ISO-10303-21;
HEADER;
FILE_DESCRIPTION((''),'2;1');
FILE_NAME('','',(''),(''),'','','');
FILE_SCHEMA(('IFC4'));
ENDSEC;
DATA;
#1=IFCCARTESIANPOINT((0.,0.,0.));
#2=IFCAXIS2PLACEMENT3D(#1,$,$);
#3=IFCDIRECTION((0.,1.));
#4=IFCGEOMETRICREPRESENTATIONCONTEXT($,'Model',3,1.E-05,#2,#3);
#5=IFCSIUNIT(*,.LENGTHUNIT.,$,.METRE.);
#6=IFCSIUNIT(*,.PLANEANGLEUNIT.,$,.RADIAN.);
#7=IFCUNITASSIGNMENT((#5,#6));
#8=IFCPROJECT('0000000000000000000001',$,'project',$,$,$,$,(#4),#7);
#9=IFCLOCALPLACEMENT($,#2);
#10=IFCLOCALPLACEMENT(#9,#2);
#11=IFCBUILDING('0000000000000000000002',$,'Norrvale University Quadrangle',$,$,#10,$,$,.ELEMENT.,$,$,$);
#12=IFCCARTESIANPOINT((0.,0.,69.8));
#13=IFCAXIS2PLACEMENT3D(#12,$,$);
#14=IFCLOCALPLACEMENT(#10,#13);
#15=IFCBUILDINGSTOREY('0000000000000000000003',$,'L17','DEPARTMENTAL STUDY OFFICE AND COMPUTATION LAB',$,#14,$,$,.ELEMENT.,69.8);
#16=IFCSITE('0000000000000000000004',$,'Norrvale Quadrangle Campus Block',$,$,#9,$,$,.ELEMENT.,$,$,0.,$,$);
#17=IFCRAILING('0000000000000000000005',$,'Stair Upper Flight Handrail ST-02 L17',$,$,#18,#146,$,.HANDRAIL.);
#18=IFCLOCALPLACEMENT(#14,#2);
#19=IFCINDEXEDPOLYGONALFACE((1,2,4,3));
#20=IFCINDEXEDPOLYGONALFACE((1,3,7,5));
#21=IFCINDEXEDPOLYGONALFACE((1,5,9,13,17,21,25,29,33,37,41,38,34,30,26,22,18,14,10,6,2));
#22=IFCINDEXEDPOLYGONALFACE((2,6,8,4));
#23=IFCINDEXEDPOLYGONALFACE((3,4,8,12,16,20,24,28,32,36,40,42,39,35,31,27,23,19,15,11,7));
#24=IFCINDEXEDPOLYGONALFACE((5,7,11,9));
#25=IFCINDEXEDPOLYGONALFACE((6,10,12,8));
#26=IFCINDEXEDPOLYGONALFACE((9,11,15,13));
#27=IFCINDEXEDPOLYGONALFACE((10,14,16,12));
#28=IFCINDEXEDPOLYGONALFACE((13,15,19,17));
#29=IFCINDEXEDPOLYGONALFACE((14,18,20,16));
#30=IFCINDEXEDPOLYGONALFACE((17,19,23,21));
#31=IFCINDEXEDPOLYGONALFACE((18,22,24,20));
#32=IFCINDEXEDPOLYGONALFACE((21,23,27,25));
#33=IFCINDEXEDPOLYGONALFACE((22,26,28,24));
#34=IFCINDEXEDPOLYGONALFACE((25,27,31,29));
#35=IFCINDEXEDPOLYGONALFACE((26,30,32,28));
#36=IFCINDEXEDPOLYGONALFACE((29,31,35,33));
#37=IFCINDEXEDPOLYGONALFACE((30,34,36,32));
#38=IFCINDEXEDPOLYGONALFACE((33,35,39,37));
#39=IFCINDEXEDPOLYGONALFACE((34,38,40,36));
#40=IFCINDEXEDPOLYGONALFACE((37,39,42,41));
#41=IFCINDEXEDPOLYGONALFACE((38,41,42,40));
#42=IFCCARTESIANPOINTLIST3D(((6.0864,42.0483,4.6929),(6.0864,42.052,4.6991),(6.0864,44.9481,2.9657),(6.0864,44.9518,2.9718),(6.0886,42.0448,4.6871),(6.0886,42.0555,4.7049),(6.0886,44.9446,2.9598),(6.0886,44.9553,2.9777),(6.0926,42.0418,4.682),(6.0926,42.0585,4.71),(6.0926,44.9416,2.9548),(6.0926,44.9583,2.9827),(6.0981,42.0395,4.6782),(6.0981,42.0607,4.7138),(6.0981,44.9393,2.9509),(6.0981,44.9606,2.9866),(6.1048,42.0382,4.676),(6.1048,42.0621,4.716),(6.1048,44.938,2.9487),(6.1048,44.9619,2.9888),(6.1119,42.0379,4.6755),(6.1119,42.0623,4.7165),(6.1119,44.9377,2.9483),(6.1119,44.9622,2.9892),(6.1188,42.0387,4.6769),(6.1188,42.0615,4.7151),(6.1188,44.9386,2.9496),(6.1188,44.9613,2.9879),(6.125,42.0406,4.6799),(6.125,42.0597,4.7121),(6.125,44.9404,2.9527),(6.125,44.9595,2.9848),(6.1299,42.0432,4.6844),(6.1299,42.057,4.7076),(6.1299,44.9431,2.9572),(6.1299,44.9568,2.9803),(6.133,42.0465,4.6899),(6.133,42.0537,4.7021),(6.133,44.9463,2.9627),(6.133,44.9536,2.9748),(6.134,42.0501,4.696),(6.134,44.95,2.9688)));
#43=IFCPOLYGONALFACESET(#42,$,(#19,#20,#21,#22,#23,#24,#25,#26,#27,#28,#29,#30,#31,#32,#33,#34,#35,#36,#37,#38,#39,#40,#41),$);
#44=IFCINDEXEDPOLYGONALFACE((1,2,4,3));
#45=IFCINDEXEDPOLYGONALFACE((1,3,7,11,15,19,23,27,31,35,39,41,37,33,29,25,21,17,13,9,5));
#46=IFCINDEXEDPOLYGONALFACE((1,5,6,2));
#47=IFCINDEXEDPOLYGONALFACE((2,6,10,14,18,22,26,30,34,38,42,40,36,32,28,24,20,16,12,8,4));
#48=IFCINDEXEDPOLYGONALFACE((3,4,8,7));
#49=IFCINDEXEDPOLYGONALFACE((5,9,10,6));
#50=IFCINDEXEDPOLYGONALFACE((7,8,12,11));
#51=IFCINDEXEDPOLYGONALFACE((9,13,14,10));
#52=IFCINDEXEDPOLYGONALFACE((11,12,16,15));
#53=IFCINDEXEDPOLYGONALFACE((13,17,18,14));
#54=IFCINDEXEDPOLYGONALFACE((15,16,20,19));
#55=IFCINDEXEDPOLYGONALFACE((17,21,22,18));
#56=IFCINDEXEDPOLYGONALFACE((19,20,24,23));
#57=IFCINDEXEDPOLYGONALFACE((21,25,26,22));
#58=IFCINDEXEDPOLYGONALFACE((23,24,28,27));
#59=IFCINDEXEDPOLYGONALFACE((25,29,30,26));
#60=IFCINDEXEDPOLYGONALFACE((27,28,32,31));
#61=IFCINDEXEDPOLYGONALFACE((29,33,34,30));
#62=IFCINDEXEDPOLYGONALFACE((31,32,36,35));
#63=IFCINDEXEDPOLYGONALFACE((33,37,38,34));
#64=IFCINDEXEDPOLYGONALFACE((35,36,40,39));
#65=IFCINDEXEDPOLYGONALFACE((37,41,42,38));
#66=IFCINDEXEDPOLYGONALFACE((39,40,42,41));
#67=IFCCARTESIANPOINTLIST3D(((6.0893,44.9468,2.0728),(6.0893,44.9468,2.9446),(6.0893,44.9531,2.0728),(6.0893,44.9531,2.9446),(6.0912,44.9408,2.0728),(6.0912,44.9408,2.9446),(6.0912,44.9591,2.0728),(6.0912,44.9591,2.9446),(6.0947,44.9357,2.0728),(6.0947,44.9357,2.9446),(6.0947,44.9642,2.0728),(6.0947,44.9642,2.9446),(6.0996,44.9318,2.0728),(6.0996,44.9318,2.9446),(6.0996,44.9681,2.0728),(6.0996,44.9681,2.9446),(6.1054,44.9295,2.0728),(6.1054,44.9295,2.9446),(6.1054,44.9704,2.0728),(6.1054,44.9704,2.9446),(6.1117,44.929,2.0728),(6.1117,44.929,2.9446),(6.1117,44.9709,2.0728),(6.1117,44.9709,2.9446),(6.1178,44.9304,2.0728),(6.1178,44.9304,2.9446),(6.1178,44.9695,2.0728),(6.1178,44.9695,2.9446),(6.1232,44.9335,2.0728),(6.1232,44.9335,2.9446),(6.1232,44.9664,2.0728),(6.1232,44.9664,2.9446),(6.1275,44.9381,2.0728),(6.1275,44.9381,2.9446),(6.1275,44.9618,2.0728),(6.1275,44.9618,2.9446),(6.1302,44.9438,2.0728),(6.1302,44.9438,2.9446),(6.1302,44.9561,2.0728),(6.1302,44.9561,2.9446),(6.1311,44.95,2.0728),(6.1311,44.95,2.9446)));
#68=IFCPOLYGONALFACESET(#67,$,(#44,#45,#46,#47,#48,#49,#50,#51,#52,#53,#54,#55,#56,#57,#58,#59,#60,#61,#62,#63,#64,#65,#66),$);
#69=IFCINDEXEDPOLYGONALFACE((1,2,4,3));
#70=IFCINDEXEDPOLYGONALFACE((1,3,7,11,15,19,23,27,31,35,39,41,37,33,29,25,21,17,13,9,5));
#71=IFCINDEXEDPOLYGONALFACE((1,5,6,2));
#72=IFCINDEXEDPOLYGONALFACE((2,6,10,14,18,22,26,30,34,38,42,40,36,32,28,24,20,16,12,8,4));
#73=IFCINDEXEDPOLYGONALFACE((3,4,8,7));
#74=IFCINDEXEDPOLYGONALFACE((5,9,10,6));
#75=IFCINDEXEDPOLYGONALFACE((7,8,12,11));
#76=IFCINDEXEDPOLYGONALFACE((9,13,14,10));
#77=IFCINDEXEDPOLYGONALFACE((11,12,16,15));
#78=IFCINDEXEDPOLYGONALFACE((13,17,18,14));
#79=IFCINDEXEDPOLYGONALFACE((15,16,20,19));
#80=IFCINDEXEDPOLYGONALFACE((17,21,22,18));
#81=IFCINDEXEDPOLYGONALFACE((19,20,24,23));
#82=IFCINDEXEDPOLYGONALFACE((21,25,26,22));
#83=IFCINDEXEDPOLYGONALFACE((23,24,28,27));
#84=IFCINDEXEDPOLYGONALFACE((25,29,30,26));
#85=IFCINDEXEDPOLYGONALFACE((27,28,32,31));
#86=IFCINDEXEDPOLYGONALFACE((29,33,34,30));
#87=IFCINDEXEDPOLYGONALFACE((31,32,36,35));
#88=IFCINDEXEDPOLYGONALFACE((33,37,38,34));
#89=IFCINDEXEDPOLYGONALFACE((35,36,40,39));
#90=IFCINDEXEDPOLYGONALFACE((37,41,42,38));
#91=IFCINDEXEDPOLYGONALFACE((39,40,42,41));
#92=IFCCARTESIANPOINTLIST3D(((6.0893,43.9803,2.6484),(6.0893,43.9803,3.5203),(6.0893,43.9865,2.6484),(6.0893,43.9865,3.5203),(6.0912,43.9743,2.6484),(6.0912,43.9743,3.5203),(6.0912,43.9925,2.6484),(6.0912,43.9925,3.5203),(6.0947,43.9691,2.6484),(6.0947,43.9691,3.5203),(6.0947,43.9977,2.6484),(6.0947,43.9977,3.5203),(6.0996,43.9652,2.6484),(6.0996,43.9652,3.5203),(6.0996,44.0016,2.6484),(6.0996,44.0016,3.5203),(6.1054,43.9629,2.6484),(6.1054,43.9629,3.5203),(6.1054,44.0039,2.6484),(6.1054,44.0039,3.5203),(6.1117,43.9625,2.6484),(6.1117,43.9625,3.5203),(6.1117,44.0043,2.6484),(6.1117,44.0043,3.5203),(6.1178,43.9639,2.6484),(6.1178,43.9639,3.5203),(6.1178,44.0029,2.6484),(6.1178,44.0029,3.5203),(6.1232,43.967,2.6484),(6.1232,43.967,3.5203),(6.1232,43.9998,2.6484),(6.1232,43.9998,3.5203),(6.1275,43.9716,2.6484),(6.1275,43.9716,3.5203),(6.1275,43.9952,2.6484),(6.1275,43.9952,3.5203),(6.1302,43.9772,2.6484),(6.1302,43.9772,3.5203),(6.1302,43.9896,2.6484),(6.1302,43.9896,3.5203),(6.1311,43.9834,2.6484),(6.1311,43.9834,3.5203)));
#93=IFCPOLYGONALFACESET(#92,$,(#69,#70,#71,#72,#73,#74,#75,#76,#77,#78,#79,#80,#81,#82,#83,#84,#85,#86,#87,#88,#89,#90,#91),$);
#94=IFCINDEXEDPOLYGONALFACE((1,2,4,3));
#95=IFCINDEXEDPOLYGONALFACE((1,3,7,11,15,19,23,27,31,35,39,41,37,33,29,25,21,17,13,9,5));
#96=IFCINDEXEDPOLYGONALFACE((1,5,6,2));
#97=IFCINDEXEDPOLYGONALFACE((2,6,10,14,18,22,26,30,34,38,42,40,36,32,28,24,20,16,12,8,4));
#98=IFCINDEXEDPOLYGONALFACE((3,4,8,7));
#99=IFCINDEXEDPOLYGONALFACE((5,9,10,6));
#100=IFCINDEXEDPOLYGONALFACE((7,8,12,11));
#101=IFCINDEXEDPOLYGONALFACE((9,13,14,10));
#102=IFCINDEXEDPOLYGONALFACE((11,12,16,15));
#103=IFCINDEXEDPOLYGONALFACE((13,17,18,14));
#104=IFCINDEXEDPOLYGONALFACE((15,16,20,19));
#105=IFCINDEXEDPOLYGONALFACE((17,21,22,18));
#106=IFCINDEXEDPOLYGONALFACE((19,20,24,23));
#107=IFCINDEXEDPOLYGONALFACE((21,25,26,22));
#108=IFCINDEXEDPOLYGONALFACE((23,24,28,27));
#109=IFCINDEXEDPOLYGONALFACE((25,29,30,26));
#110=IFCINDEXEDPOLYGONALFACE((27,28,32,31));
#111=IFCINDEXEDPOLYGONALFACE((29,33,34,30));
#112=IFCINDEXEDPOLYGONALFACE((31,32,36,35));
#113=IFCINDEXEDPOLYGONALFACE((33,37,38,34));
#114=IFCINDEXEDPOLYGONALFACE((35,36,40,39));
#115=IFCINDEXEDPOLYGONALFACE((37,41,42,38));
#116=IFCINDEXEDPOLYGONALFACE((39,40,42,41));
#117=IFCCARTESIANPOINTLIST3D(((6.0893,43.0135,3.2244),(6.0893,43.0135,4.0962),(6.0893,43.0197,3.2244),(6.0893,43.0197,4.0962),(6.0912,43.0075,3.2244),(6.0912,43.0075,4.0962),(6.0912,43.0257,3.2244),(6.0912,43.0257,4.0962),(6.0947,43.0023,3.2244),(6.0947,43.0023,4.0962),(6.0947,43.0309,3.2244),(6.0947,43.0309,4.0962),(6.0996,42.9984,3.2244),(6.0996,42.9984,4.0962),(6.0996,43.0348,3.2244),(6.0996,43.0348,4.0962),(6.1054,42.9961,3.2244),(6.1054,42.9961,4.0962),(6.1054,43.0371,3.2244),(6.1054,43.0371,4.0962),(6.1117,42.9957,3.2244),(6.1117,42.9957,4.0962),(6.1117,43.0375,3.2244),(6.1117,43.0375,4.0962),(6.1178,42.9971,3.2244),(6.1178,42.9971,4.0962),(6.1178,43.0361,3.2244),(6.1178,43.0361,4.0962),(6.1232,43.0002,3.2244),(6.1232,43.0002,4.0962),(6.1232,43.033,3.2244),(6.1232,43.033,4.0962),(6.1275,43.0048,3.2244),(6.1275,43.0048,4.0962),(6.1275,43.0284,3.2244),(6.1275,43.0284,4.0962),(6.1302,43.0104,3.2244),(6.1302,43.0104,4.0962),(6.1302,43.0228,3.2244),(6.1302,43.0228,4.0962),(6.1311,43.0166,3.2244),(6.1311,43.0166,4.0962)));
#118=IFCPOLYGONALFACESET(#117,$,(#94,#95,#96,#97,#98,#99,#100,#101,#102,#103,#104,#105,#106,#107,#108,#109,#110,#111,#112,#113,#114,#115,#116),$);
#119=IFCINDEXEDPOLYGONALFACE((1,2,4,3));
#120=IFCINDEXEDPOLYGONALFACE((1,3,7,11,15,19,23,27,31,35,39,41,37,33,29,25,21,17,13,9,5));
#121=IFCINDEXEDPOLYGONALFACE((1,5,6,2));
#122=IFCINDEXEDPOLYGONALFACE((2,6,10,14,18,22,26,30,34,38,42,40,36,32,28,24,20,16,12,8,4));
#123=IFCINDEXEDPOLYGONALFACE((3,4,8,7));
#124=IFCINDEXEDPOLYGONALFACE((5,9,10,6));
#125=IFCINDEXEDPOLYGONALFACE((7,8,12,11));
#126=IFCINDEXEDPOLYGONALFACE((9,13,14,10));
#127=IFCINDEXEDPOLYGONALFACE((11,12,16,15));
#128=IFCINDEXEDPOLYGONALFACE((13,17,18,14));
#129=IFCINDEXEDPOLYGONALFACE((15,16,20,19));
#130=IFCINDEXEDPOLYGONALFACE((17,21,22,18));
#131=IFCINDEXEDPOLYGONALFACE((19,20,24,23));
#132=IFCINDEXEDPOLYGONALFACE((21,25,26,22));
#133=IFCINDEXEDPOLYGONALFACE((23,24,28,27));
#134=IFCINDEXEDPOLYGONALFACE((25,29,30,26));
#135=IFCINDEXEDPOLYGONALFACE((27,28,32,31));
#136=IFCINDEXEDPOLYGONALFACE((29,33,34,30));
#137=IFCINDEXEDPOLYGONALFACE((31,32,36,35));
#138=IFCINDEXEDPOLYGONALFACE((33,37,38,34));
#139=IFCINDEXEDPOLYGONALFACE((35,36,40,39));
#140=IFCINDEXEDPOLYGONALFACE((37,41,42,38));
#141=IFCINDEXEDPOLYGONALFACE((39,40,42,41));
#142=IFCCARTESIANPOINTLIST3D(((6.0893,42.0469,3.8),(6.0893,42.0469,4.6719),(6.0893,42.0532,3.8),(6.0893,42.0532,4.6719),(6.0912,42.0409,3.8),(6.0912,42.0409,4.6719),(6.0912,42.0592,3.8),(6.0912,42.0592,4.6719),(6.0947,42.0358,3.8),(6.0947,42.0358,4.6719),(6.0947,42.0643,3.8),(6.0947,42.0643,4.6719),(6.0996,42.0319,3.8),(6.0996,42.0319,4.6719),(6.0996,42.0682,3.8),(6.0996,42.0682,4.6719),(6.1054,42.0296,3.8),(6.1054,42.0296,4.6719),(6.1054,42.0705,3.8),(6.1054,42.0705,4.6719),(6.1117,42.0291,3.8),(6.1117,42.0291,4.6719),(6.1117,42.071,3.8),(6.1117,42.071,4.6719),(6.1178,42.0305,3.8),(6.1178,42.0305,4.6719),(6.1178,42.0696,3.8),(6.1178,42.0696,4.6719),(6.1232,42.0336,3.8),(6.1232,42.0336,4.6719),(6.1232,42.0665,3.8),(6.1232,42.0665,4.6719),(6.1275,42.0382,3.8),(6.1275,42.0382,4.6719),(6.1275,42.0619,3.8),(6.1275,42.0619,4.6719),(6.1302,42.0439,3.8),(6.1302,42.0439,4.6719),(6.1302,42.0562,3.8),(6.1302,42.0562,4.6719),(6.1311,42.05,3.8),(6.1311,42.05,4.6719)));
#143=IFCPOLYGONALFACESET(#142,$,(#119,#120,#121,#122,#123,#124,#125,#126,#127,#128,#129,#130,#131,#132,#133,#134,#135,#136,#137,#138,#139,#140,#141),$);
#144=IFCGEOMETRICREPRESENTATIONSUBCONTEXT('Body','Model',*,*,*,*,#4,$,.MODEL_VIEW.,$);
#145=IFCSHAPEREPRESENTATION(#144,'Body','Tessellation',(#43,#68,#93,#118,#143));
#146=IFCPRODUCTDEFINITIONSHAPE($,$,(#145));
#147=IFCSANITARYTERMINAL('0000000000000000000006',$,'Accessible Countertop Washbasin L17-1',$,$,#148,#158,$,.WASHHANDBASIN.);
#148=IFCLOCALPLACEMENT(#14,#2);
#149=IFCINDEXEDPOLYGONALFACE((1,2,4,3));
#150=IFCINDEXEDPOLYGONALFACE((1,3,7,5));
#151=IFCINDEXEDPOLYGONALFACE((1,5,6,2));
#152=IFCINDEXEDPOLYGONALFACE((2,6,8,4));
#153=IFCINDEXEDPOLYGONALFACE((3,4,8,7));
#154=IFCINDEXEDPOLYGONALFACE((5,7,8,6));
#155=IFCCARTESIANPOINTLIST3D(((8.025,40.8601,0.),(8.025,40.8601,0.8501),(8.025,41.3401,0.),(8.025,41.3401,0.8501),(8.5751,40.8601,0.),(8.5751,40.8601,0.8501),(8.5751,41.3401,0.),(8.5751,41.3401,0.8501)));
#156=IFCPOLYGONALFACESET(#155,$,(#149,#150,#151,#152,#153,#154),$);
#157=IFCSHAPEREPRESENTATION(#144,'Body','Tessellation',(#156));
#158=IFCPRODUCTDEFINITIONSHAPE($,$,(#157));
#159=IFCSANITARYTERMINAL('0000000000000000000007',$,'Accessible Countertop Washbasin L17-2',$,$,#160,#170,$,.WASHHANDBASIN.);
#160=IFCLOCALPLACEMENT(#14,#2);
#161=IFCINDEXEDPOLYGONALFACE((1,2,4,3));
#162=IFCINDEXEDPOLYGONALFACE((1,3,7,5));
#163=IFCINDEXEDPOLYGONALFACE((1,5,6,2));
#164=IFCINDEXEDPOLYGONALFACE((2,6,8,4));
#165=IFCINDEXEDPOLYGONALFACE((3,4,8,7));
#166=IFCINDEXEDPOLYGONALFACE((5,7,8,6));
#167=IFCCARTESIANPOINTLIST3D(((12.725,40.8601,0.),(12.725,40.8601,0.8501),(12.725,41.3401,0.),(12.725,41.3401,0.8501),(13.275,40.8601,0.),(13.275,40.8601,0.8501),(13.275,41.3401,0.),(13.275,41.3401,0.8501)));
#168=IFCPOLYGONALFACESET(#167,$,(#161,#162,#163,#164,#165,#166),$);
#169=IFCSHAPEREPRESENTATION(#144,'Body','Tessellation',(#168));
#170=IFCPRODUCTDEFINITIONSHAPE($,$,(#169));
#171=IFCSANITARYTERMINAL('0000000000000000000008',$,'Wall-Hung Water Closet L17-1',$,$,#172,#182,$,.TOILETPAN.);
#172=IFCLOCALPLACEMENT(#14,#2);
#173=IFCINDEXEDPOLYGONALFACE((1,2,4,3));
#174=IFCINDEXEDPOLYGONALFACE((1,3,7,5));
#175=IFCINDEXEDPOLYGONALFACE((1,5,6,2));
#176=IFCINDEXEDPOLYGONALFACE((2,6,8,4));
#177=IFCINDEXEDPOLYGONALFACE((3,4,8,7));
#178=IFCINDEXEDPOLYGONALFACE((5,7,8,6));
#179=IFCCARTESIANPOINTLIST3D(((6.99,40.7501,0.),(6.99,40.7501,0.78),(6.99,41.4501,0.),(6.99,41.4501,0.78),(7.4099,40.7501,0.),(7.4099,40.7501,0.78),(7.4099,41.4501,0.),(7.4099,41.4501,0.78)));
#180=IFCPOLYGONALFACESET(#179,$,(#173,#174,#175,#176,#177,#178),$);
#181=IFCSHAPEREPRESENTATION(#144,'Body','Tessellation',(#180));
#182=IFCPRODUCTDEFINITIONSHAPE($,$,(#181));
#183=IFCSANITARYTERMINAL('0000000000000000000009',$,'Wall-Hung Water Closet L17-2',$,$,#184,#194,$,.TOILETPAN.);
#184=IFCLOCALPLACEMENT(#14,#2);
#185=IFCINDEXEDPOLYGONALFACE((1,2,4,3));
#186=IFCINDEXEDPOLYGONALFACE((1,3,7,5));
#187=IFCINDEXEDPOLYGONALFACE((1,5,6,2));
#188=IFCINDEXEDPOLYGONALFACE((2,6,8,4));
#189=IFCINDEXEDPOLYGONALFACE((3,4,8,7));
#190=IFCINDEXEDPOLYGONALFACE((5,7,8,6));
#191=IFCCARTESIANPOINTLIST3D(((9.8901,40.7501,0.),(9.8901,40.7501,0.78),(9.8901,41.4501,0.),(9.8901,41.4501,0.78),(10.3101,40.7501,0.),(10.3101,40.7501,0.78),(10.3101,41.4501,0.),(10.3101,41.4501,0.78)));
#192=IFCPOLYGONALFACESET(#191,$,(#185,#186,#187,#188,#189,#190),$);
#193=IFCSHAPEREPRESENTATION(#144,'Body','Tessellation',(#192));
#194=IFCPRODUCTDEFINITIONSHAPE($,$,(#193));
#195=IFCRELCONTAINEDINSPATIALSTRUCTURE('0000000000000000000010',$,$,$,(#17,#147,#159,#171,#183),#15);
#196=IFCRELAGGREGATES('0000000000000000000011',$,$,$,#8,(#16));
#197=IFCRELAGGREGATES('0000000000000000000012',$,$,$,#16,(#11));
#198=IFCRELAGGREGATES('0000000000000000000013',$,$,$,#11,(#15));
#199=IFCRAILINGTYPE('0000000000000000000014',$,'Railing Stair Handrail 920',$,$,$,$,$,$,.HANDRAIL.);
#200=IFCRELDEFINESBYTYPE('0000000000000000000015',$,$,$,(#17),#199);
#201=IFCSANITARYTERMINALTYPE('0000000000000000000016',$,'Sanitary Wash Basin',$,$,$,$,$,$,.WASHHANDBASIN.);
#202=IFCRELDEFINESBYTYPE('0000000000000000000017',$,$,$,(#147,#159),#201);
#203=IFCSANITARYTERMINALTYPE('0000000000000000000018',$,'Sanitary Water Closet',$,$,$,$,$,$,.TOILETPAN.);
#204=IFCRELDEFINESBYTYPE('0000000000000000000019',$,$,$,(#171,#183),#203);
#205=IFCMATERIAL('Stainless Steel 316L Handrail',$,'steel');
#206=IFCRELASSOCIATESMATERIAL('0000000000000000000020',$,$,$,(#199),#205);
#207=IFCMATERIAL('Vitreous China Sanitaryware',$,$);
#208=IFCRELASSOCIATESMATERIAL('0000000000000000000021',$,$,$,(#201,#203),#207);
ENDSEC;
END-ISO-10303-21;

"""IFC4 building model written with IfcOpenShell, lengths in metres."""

from ifc_helpers import new_model, si_unit, direction, frame, origin, origin_2d, place, context, subcontext, project, spatial, rectangle, circle, extrude, material, type_object, element, save


model = new_model("IFC4")

# Units and contexts
model_context = context("Model", 3, precision=1e-05, world=origin(), true_north=direction((0.0, 1.0)))
body_context = subcontext(model_context, "Body", "Model", "MODEL_VIEW")
ifc_project = project(units=[si_unit("LENGTHUNIT", "METRE"), si_unit("PLANEANGLEUNIT", "RADIAN")], contexts=[model_context])

# Site, building, storey
site_placement = place(None, origin())
site = spatial("IfcSite", under=ifc_project, at=site_placement, Name="Norrvale Quadrangle Campus Block", CompositionType="ELEMENT", RefElevation=0.0)
building_placement = place(site_placement, origin())
building = spatial("IfcBuilding", under=site, at=building_placement, Name="Norrvale University Quadrangle", CompositionType="ELEMENT")
storey_placement = place(building_placement, frame((0.0, 0.0, 69.8)))
storey = spatial("IfcBuildingStorey", under=building, at=storey_placement, Name="L17", Description="DEPARTMENTAL STUDY OFFICE AND COMPUTATION LAB", CompositionType="ELEMENT", Elevation=69.8)

# Railing
ifc_material_1 = material(Name="Stainless Steel 316L Handrail", Category="steel")
railing_type_1 = type_object("IfcRailingType", Name="Railing Stair Handrail 920", PredefinedType="HANDRAIL", material=ifc_material_1)
railing_1_placement = place(storey_placement, frame((6.1101, 44.95, 2.0728)))
element("IfcRailing", 1, at=railing_1_placement, inside=storey, type_object=railing_type_1, Name="Stair Upper Flight Handrail ST-02 L17", PredefinedType="HANDRAIL", context=body_context, shape_type="SweptSolid", body=[
    extrude(circle(Radius=0.0239, at=origin_2d()), frame((0.0, 0.0, 0.896), z_axis=(0.0, -0.859141, 0.511738), x_axis=(1.0, 0.0, 0.0)), (0.0, 0.0, 1.0), 3.3752),
    extrude(circle(Radius=0.021, at=origin_2d()), origin(), (0.0, 0.0, 1.0), 0.8718),
    extrude(circle(Radius=0.021, at=origin_2d()), frame((0.0, -0.9666, 0.5757)), (0.0, 0.0, 1.0), 0.8718),
    extrude(circle(Radius=0.021, at=origin_2d()), frame((0.0, -1.9333, 1.1516)), (0.0, 0.0, 1.0), 0.8718),
    extrude(circle(Radius=0.021, at=origin_2d()), frame((0.0, -2.8999, 1.7273)), (0.0, 0.0, 1.0), 0.8718),
])

# Sanitary terminals
ifc_material_2 = material(Name="Vitreous China Sanitaryware")
sanitary_terminal_type_1 = type_object("IfcSanitaryTerminalType", Name="Sanitary Wash Basin", PredefinedType="WASHHANDBASIN", material=ifc_material_2)
for number, where, z_axis, x_axis, name in (
    (2, (8.3, 41.1001, 0.0), (0.0, 0.0, 1.0), (1.0, 0.0, 0.0), "Accessible Countertop Washbasin L17-1"),
    (3, (13.0, 41.1001, 0.0), (0.0, 0.0, 1.0), (1.0, 0.0, 0.0), "Accessible Countertop Washbasin L17-2"),
):
    element("IfcSanitaryTerminal", number, at=place(storey_placement, frame(where, z_axis=z_axis, x_axis=x_axis)), inside=storey, type_object=sanitary_terminal_type_1, Name=name, PredefinedType="WASHHANDBASIN", context=body_context, shape_type="SweptSolid", body=[
        extrude(rectangle(XDim=0.55, YDim=0.48, at=origin_2d()), origin(), (0.0, 0.0, 1.0), 0.8501),
    ])
sanitary_terminal_type_2 = type_object("IfcSanitaryTerminalType", Name="Sanitary Water Closet", PredefinedType="TOILETPAN", material=ifc_material_2)
for number, where, z_axis, x_axis, name in (
    (4, (7.2, 41.1001, 0.0), (0.0, 0.0, 1.0), (1.0, 0.0, 0.0), "Wall-Hung Water Closet L17-1"),
    (5, (10.1001, 41.1001, 0.0), (0.0, 0.0, 1.0), (1.0, 0.0, 0.0), "Wall-Hung Water Closet L17-2"),
):
    element("IfcSanitaryTerminal", number, at=place(storey_placement, frame(where, z_axis=z_axis, x_axis=x_axis)), inside=storey, type_object=sanitary_terminal_type_2, Name=name, PredefinedType="TOILETPAN", context=body_context, shape_type="SweptSolid", body=[
        extrude(rectangle(XDim=0.4199, YDim=0.7, at=origin_2d()), origin(), (0.0, 0.0, 1.0), 0.78),
    ])

save(model, "model.ifc")
